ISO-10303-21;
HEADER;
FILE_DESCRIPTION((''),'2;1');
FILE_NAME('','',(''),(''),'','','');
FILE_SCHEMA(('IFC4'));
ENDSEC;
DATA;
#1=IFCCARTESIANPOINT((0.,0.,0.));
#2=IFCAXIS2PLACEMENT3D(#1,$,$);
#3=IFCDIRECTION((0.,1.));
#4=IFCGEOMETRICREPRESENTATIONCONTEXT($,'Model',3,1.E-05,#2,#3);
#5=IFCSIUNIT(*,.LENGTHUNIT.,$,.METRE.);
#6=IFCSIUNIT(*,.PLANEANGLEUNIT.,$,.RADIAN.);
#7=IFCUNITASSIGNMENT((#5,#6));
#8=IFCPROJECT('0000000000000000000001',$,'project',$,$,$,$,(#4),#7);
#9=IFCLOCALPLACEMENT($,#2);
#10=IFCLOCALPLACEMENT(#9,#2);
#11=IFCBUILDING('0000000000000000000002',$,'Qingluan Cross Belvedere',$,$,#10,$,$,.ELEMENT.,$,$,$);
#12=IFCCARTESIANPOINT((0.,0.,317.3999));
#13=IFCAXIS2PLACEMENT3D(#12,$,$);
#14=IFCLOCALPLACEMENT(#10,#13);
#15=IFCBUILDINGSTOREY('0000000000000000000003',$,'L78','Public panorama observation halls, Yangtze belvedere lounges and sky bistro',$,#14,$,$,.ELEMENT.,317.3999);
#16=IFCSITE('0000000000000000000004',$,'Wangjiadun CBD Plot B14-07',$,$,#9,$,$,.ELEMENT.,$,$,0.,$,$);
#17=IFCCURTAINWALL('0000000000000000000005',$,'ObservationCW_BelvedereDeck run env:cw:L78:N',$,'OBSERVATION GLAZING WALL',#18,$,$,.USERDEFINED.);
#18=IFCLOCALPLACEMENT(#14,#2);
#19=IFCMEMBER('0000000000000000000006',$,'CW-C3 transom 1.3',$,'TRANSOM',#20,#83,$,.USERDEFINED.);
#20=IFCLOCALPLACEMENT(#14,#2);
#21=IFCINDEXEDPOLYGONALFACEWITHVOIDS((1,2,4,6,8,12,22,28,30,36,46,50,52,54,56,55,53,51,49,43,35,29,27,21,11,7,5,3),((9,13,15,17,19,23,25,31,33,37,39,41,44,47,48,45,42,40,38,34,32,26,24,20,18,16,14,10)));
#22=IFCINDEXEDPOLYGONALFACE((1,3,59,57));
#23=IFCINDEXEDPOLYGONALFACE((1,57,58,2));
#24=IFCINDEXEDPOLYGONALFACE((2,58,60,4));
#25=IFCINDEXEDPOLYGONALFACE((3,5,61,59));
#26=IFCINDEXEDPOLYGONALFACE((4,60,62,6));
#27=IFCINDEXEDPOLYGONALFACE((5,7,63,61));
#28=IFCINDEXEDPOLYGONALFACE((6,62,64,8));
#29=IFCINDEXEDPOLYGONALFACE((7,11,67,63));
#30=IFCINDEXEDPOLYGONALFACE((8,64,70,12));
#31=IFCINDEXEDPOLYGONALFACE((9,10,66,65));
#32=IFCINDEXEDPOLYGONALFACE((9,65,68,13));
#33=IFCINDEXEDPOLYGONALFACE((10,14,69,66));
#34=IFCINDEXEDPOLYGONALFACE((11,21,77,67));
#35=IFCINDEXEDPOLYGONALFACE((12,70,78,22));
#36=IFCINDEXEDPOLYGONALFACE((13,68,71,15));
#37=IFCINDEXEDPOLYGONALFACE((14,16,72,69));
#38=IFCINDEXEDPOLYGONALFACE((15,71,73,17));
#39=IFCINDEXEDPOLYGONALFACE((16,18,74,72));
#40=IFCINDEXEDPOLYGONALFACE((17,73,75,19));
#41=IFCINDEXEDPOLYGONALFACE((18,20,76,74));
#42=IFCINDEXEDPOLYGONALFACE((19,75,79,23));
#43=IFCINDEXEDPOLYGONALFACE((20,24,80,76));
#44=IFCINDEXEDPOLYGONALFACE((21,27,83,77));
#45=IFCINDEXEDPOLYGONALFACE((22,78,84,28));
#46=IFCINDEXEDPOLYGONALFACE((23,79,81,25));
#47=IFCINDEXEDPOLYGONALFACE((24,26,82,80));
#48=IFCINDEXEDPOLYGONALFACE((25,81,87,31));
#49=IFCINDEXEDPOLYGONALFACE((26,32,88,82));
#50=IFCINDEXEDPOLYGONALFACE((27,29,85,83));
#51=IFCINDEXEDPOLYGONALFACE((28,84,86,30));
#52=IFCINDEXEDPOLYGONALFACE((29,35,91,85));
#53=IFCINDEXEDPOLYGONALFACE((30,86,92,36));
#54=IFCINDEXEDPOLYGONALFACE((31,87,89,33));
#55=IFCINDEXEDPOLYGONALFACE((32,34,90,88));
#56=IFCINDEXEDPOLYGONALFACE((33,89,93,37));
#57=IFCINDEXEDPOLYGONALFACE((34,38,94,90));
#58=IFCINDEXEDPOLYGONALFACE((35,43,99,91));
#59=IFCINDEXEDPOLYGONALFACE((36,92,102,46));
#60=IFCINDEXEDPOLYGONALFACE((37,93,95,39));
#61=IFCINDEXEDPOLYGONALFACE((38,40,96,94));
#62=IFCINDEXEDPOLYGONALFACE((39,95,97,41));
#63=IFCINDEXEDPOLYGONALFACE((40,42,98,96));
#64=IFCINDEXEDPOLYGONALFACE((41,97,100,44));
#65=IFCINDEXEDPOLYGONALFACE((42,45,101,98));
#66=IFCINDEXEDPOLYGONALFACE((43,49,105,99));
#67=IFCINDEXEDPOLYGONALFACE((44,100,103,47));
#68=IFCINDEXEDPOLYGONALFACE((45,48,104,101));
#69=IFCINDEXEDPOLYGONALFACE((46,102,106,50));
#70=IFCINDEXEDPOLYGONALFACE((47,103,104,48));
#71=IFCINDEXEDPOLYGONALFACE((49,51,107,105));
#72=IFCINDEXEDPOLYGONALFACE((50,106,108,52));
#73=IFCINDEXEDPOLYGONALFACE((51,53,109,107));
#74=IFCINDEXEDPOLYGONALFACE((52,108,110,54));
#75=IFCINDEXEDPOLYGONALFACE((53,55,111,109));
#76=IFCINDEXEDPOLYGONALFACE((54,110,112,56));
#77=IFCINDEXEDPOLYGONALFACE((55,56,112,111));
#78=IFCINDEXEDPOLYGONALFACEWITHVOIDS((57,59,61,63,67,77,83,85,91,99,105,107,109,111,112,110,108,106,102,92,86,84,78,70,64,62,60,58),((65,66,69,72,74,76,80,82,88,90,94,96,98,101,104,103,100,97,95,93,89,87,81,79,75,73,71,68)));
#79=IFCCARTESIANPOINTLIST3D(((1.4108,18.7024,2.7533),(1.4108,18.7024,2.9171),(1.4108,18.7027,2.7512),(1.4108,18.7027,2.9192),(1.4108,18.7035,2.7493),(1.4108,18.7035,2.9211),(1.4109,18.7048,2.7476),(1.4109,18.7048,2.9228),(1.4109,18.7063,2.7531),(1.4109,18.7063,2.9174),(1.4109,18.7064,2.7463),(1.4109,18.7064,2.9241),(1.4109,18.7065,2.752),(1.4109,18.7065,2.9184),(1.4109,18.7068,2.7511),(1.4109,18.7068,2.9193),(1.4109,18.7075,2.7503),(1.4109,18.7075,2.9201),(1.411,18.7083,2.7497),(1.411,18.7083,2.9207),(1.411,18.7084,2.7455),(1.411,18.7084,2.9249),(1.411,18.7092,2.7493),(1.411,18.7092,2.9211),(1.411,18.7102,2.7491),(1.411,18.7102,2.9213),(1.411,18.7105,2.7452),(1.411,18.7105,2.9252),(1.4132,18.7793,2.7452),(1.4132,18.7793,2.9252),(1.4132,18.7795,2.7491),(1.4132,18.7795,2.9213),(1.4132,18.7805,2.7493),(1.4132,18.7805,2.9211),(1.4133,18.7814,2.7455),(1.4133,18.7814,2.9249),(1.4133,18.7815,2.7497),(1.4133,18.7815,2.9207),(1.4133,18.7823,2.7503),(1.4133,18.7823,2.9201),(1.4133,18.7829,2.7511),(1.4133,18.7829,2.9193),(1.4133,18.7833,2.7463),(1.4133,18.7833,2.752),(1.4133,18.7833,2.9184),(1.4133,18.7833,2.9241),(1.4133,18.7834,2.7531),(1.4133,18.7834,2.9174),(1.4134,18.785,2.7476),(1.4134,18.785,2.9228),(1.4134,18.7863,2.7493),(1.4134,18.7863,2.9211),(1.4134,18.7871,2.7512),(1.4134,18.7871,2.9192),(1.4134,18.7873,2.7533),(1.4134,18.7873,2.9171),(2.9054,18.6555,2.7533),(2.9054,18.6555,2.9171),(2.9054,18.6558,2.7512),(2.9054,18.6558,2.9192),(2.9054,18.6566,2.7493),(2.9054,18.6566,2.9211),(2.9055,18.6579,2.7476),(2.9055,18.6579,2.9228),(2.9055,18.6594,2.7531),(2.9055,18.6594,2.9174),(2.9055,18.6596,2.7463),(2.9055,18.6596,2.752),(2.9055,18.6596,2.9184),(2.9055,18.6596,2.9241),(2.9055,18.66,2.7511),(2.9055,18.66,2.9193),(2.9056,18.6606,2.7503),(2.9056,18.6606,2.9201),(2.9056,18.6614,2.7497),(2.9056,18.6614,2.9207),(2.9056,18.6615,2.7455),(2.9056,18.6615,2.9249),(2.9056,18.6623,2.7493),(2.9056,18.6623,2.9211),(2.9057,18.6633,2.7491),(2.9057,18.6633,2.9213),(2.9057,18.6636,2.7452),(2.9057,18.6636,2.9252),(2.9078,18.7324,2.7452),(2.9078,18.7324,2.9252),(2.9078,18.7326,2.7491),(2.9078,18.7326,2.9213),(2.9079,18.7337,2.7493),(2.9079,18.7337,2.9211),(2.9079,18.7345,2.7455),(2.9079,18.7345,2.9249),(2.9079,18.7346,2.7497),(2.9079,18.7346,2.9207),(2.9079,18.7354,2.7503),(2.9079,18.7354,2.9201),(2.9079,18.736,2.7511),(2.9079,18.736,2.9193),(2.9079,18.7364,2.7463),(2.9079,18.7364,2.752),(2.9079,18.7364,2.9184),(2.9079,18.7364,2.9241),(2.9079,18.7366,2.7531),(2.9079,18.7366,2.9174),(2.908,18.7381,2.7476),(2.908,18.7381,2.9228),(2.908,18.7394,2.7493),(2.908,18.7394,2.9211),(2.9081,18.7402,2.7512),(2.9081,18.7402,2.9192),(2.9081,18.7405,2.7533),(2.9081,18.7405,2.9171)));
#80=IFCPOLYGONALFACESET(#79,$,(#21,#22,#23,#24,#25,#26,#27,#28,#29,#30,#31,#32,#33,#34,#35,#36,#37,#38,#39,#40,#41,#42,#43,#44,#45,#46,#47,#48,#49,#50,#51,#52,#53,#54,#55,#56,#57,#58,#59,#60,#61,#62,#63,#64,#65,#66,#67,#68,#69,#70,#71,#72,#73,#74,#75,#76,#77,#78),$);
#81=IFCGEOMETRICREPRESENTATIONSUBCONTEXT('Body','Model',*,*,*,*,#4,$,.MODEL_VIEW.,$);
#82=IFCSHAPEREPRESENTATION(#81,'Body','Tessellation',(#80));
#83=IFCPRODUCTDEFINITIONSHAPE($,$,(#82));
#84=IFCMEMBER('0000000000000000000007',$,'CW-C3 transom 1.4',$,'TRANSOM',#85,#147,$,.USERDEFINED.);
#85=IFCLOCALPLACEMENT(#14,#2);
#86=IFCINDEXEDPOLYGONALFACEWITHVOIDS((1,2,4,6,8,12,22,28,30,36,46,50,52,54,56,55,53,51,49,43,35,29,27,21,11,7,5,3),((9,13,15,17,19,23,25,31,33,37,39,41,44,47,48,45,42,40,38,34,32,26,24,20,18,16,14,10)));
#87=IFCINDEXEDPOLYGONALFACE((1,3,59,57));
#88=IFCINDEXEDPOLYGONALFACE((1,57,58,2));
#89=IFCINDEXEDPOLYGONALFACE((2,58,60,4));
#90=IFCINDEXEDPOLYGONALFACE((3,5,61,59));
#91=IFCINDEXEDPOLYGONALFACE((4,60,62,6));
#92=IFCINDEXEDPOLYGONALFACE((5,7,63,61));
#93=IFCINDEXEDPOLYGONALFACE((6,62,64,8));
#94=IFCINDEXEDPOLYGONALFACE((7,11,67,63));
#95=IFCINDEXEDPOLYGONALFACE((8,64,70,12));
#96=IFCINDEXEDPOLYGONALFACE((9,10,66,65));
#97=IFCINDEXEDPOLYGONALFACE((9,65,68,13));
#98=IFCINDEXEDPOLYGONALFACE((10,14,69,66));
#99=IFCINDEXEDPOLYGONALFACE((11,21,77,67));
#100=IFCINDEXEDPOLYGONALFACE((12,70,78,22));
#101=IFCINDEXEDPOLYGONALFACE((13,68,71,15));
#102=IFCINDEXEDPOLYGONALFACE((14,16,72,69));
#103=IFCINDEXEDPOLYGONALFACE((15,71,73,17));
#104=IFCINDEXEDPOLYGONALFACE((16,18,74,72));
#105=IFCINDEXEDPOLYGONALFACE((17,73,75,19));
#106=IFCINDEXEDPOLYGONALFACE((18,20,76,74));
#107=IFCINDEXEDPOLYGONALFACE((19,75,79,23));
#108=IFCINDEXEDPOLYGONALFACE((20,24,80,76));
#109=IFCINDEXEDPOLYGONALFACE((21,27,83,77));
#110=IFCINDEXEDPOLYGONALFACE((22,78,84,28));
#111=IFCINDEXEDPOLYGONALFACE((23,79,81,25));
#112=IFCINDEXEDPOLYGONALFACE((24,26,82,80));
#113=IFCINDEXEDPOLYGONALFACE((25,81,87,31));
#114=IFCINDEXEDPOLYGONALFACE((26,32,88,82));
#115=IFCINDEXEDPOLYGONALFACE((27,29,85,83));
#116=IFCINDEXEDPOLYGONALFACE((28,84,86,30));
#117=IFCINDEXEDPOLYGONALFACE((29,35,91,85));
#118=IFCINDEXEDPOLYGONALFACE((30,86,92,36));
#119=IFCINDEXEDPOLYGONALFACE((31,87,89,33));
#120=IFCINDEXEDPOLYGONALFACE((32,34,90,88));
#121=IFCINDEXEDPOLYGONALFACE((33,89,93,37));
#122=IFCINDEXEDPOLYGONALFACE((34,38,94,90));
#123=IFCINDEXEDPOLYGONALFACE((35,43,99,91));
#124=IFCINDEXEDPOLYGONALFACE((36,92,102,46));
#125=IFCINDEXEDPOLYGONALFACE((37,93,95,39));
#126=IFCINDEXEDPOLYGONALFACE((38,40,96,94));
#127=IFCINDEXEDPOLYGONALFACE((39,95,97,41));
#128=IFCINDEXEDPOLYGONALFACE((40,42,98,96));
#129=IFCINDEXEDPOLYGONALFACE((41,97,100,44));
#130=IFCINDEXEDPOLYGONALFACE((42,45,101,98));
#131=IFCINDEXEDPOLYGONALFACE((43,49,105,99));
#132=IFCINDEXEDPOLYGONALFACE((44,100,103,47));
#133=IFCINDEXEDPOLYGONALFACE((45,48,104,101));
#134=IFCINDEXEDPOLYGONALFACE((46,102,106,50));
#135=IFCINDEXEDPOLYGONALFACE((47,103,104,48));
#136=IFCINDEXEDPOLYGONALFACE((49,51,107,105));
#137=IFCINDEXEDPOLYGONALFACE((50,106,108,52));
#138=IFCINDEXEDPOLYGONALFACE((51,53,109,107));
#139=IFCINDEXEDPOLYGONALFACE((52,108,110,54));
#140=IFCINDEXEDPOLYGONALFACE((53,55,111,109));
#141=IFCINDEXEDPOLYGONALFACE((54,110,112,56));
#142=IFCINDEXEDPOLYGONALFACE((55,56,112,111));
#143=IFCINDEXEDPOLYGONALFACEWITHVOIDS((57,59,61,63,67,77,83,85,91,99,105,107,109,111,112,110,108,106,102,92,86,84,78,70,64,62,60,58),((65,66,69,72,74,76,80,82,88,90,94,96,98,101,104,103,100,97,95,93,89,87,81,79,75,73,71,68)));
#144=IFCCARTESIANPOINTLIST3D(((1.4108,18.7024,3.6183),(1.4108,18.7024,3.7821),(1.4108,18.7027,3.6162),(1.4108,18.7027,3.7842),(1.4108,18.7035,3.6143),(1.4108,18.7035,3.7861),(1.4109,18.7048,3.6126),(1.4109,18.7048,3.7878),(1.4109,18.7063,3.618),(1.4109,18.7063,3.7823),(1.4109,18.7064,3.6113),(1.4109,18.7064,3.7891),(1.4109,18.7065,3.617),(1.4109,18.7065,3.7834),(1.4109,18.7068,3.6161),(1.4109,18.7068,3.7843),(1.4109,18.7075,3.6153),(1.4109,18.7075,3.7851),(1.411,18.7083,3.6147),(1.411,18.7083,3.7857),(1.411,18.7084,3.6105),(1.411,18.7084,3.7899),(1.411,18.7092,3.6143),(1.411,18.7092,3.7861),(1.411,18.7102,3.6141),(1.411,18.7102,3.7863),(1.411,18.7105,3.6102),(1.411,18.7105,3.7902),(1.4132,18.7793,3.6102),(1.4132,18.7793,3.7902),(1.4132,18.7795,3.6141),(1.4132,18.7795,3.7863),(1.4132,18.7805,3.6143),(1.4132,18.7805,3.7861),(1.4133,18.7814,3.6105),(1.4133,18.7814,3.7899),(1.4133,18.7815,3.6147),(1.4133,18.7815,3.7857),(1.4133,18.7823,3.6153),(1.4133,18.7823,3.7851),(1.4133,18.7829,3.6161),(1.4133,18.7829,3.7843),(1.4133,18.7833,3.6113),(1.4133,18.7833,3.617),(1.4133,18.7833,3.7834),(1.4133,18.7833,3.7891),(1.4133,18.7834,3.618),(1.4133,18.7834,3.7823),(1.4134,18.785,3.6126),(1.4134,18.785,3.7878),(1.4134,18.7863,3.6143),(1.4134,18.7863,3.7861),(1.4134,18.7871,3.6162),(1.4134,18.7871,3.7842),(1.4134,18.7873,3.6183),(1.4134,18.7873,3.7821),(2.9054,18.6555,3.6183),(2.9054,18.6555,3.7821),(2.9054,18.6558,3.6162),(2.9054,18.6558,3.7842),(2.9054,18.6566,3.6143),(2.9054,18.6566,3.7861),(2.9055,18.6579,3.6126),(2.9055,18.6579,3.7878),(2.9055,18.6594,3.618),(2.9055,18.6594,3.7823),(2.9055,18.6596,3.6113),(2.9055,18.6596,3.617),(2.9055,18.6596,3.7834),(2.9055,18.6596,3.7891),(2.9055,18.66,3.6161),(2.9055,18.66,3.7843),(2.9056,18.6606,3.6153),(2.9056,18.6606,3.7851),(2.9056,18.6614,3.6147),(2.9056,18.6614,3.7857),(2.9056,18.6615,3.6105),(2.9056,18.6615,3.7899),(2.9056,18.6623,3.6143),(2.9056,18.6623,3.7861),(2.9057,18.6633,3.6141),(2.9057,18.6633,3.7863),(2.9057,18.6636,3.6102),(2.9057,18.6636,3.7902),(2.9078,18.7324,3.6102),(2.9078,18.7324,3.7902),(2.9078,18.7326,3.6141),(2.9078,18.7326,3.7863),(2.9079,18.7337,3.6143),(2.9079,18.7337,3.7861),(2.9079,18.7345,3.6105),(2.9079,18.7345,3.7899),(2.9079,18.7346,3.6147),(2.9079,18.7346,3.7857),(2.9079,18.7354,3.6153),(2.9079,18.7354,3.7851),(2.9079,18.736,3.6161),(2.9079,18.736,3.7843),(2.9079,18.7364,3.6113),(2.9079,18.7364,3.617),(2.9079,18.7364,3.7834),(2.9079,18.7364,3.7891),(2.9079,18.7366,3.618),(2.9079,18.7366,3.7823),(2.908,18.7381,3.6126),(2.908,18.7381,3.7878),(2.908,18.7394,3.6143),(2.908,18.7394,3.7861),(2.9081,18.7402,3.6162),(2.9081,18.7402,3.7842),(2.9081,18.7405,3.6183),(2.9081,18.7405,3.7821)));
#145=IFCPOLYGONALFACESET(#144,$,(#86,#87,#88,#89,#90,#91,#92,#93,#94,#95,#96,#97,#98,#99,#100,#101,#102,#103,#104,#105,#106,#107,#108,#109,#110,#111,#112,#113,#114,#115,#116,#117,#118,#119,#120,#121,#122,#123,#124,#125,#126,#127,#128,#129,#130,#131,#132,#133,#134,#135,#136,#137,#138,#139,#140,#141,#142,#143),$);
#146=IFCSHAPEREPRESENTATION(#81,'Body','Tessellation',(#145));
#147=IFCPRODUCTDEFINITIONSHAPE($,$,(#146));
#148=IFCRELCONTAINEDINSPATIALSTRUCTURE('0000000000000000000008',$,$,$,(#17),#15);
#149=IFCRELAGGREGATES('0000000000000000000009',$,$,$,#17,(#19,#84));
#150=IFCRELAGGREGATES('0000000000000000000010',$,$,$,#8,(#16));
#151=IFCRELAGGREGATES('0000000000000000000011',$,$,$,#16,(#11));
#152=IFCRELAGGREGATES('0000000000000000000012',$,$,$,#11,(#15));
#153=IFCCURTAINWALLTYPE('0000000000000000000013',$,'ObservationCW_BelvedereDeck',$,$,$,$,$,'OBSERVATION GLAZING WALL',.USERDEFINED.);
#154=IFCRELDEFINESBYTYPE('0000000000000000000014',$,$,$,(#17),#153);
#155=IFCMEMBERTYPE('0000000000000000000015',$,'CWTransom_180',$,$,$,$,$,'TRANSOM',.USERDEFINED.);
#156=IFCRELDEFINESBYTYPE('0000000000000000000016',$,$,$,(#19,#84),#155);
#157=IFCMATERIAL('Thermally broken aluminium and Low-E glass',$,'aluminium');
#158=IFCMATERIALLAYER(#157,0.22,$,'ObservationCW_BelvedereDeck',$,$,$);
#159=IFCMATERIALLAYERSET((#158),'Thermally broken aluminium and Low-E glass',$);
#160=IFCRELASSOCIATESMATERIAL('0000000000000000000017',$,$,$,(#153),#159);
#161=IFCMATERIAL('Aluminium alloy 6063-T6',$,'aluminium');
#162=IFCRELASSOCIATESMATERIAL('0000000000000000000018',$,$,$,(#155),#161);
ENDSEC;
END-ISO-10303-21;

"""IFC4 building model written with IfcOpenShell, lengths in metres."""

from ifc_helpers import new_model, si_unit, direction, frame, origin, origin_2d, place, context, subcontext, project, spatial, hollow_rectangle, extrude, material, layer, layer_set, material_profile, profile_set, type_object, element, aggregate, save


model = new_model("IFC4")

# Units and contexts
model_context = context("Model", 3, precision=1e-05, world=origin(), true_north=direction((0.0, 1.0)))
body_context = subcontext(model_context, "Body", "Model", "MODEL_VIEW")
ifc_project = project(units=[si_unit("LENGTHUNIT", "METRE"), si_unit("PLANEANGLEUNIT", "RADIAN")], contexts=[model_context])

# Site, building, storey
site_placement = place(None, origin())
site = spatial("IfcSite", under=ifc_project, at=site_placement, Name="Wangjiadun CBD Plot B14-07", CompositionType="ELEMENT", RefElevation=0.0)
building_placement = place(site_placement, origin())
building = spatial("IfcBuilding", under=site, at=building_placement, Name="Qingluan Cross Belvedere", CompositionType="ELEMENT")
storey_placement = place(building_placement, frame((0.0, 0.0, 317.3999)))
storey = spatial("IfcBuildingStorey", under=building, at=storey_placement, Name="L78", Description="Public panorama observation halls, Yangtze belvedere lounges and sky bistro", CompositionType="ELEMENT", Elevation=317.3999)

# Curtain wall, members
ifc_material_1 = material(Name="Thermally broken aluminium and Low-E glass", Category="aluminium")
ifc_layer_1 = layer(ifc_material_1, 0.22, Name="ObservationCW_BelvedereDeck")
ifc_layer_set_1 = layer_set([ifc_layer_1], Name="Thermally broken aluminium and Low-E glass")
curtain_wall_type = type_object("IfcCurtainWallType", Name="ObservationCW_BelvedereDeck", ElementType="OBSERVATION GLAZING WALL", PredefinedType="USERDEFINED", material=ifc_layer_set_1)
curtain_wall_placement = place(storey_placement, origin())
curtain_wall = element("IfcCurtainWall", 1, at=curtain_wall_placement, inside=storey, type_object=curtain_wall_type, Name="ObservationCW_BelvedereDeck run env:cw:L78:N", ObjectType="OBSERVATION GLAZING WALL", PredefinedType="USERDEFINED")
ifc_material_2 = material(Name="Aluminium alloy 6063-T6", Category="aluminium")
ifc_material_profile_1 = material_profile(ifc_material_2, hollow_rectangle(XDim=0.085, YDim=0.1799, WallThickness=0.0039, InnerFilletRadius=0.0039, OuterFilletRadius=0.0081, at=origin_2d()), Name="CWT180x85x4")
ifc_profile_set_1 = profile_set([ifc_material_profile_1], Name="Aluminium alloy 6063-T6")
member_type_1 = type_object("IfcMemberType", Name="CWTransom_180", ElementType="TRANSOM", PredefinedType="USERDEFINED", material=ifc_profile_set_1)
member_1_placement = place(storey_placement, frame((2.9067, 18.698, 2.8352), z_axis=(-0.999509, 0.031347, 0.0), x_axis=(-0.031347, -0.999509, 0.0)))
member_1 = element("IfcMember", 2, at=member_1_placement, type_object=member_type_1, Name="CW-C3 transom 1.3", ObjectType="TRANSOM", PredefinedType="USERDEFINED", context=body_context, shape_type="SweptSolid", body=[
    extrude(hollow_rectangle(XDim=0.085, YDim=0.1799, WallThickness=0.0039, InnerFilletRadius=0.0039, OuterFilletRadius=0.0081, at=origin_2d()), origin(), (0.0, 0.0, 1.0), 1.4954),
])
member_2_placement = place(storey_placement, frame((2.9067, 18.698, 3.7002), z_axis=(-0.999509, 0.031347, 0.0), x_axis=(-0.031347, -0.999509, 0.0)))
member_2 = element("IfcMember", 3, at=member_2_placement, type_object=member_type_1, Name="CW-C3 transom 1.4", ObjectType="TRANSOM", PredefinedType="USERDEFINED", context=body_context, shape_type="SweptSolid", body=[
    extrude(hollow_rectangle(XDim=0.085, YDim=0.1799, WallThickness=0.0039, InnerFilletRadius=0.0039, OuterFilletRadius=0.0081, at=origin_2d()), origin(), (0.0, 0.0, 1.0), 1.4954),
])

aggregate(curtain_wall, [member_1, member_2])

save(model, "model.ifc")
